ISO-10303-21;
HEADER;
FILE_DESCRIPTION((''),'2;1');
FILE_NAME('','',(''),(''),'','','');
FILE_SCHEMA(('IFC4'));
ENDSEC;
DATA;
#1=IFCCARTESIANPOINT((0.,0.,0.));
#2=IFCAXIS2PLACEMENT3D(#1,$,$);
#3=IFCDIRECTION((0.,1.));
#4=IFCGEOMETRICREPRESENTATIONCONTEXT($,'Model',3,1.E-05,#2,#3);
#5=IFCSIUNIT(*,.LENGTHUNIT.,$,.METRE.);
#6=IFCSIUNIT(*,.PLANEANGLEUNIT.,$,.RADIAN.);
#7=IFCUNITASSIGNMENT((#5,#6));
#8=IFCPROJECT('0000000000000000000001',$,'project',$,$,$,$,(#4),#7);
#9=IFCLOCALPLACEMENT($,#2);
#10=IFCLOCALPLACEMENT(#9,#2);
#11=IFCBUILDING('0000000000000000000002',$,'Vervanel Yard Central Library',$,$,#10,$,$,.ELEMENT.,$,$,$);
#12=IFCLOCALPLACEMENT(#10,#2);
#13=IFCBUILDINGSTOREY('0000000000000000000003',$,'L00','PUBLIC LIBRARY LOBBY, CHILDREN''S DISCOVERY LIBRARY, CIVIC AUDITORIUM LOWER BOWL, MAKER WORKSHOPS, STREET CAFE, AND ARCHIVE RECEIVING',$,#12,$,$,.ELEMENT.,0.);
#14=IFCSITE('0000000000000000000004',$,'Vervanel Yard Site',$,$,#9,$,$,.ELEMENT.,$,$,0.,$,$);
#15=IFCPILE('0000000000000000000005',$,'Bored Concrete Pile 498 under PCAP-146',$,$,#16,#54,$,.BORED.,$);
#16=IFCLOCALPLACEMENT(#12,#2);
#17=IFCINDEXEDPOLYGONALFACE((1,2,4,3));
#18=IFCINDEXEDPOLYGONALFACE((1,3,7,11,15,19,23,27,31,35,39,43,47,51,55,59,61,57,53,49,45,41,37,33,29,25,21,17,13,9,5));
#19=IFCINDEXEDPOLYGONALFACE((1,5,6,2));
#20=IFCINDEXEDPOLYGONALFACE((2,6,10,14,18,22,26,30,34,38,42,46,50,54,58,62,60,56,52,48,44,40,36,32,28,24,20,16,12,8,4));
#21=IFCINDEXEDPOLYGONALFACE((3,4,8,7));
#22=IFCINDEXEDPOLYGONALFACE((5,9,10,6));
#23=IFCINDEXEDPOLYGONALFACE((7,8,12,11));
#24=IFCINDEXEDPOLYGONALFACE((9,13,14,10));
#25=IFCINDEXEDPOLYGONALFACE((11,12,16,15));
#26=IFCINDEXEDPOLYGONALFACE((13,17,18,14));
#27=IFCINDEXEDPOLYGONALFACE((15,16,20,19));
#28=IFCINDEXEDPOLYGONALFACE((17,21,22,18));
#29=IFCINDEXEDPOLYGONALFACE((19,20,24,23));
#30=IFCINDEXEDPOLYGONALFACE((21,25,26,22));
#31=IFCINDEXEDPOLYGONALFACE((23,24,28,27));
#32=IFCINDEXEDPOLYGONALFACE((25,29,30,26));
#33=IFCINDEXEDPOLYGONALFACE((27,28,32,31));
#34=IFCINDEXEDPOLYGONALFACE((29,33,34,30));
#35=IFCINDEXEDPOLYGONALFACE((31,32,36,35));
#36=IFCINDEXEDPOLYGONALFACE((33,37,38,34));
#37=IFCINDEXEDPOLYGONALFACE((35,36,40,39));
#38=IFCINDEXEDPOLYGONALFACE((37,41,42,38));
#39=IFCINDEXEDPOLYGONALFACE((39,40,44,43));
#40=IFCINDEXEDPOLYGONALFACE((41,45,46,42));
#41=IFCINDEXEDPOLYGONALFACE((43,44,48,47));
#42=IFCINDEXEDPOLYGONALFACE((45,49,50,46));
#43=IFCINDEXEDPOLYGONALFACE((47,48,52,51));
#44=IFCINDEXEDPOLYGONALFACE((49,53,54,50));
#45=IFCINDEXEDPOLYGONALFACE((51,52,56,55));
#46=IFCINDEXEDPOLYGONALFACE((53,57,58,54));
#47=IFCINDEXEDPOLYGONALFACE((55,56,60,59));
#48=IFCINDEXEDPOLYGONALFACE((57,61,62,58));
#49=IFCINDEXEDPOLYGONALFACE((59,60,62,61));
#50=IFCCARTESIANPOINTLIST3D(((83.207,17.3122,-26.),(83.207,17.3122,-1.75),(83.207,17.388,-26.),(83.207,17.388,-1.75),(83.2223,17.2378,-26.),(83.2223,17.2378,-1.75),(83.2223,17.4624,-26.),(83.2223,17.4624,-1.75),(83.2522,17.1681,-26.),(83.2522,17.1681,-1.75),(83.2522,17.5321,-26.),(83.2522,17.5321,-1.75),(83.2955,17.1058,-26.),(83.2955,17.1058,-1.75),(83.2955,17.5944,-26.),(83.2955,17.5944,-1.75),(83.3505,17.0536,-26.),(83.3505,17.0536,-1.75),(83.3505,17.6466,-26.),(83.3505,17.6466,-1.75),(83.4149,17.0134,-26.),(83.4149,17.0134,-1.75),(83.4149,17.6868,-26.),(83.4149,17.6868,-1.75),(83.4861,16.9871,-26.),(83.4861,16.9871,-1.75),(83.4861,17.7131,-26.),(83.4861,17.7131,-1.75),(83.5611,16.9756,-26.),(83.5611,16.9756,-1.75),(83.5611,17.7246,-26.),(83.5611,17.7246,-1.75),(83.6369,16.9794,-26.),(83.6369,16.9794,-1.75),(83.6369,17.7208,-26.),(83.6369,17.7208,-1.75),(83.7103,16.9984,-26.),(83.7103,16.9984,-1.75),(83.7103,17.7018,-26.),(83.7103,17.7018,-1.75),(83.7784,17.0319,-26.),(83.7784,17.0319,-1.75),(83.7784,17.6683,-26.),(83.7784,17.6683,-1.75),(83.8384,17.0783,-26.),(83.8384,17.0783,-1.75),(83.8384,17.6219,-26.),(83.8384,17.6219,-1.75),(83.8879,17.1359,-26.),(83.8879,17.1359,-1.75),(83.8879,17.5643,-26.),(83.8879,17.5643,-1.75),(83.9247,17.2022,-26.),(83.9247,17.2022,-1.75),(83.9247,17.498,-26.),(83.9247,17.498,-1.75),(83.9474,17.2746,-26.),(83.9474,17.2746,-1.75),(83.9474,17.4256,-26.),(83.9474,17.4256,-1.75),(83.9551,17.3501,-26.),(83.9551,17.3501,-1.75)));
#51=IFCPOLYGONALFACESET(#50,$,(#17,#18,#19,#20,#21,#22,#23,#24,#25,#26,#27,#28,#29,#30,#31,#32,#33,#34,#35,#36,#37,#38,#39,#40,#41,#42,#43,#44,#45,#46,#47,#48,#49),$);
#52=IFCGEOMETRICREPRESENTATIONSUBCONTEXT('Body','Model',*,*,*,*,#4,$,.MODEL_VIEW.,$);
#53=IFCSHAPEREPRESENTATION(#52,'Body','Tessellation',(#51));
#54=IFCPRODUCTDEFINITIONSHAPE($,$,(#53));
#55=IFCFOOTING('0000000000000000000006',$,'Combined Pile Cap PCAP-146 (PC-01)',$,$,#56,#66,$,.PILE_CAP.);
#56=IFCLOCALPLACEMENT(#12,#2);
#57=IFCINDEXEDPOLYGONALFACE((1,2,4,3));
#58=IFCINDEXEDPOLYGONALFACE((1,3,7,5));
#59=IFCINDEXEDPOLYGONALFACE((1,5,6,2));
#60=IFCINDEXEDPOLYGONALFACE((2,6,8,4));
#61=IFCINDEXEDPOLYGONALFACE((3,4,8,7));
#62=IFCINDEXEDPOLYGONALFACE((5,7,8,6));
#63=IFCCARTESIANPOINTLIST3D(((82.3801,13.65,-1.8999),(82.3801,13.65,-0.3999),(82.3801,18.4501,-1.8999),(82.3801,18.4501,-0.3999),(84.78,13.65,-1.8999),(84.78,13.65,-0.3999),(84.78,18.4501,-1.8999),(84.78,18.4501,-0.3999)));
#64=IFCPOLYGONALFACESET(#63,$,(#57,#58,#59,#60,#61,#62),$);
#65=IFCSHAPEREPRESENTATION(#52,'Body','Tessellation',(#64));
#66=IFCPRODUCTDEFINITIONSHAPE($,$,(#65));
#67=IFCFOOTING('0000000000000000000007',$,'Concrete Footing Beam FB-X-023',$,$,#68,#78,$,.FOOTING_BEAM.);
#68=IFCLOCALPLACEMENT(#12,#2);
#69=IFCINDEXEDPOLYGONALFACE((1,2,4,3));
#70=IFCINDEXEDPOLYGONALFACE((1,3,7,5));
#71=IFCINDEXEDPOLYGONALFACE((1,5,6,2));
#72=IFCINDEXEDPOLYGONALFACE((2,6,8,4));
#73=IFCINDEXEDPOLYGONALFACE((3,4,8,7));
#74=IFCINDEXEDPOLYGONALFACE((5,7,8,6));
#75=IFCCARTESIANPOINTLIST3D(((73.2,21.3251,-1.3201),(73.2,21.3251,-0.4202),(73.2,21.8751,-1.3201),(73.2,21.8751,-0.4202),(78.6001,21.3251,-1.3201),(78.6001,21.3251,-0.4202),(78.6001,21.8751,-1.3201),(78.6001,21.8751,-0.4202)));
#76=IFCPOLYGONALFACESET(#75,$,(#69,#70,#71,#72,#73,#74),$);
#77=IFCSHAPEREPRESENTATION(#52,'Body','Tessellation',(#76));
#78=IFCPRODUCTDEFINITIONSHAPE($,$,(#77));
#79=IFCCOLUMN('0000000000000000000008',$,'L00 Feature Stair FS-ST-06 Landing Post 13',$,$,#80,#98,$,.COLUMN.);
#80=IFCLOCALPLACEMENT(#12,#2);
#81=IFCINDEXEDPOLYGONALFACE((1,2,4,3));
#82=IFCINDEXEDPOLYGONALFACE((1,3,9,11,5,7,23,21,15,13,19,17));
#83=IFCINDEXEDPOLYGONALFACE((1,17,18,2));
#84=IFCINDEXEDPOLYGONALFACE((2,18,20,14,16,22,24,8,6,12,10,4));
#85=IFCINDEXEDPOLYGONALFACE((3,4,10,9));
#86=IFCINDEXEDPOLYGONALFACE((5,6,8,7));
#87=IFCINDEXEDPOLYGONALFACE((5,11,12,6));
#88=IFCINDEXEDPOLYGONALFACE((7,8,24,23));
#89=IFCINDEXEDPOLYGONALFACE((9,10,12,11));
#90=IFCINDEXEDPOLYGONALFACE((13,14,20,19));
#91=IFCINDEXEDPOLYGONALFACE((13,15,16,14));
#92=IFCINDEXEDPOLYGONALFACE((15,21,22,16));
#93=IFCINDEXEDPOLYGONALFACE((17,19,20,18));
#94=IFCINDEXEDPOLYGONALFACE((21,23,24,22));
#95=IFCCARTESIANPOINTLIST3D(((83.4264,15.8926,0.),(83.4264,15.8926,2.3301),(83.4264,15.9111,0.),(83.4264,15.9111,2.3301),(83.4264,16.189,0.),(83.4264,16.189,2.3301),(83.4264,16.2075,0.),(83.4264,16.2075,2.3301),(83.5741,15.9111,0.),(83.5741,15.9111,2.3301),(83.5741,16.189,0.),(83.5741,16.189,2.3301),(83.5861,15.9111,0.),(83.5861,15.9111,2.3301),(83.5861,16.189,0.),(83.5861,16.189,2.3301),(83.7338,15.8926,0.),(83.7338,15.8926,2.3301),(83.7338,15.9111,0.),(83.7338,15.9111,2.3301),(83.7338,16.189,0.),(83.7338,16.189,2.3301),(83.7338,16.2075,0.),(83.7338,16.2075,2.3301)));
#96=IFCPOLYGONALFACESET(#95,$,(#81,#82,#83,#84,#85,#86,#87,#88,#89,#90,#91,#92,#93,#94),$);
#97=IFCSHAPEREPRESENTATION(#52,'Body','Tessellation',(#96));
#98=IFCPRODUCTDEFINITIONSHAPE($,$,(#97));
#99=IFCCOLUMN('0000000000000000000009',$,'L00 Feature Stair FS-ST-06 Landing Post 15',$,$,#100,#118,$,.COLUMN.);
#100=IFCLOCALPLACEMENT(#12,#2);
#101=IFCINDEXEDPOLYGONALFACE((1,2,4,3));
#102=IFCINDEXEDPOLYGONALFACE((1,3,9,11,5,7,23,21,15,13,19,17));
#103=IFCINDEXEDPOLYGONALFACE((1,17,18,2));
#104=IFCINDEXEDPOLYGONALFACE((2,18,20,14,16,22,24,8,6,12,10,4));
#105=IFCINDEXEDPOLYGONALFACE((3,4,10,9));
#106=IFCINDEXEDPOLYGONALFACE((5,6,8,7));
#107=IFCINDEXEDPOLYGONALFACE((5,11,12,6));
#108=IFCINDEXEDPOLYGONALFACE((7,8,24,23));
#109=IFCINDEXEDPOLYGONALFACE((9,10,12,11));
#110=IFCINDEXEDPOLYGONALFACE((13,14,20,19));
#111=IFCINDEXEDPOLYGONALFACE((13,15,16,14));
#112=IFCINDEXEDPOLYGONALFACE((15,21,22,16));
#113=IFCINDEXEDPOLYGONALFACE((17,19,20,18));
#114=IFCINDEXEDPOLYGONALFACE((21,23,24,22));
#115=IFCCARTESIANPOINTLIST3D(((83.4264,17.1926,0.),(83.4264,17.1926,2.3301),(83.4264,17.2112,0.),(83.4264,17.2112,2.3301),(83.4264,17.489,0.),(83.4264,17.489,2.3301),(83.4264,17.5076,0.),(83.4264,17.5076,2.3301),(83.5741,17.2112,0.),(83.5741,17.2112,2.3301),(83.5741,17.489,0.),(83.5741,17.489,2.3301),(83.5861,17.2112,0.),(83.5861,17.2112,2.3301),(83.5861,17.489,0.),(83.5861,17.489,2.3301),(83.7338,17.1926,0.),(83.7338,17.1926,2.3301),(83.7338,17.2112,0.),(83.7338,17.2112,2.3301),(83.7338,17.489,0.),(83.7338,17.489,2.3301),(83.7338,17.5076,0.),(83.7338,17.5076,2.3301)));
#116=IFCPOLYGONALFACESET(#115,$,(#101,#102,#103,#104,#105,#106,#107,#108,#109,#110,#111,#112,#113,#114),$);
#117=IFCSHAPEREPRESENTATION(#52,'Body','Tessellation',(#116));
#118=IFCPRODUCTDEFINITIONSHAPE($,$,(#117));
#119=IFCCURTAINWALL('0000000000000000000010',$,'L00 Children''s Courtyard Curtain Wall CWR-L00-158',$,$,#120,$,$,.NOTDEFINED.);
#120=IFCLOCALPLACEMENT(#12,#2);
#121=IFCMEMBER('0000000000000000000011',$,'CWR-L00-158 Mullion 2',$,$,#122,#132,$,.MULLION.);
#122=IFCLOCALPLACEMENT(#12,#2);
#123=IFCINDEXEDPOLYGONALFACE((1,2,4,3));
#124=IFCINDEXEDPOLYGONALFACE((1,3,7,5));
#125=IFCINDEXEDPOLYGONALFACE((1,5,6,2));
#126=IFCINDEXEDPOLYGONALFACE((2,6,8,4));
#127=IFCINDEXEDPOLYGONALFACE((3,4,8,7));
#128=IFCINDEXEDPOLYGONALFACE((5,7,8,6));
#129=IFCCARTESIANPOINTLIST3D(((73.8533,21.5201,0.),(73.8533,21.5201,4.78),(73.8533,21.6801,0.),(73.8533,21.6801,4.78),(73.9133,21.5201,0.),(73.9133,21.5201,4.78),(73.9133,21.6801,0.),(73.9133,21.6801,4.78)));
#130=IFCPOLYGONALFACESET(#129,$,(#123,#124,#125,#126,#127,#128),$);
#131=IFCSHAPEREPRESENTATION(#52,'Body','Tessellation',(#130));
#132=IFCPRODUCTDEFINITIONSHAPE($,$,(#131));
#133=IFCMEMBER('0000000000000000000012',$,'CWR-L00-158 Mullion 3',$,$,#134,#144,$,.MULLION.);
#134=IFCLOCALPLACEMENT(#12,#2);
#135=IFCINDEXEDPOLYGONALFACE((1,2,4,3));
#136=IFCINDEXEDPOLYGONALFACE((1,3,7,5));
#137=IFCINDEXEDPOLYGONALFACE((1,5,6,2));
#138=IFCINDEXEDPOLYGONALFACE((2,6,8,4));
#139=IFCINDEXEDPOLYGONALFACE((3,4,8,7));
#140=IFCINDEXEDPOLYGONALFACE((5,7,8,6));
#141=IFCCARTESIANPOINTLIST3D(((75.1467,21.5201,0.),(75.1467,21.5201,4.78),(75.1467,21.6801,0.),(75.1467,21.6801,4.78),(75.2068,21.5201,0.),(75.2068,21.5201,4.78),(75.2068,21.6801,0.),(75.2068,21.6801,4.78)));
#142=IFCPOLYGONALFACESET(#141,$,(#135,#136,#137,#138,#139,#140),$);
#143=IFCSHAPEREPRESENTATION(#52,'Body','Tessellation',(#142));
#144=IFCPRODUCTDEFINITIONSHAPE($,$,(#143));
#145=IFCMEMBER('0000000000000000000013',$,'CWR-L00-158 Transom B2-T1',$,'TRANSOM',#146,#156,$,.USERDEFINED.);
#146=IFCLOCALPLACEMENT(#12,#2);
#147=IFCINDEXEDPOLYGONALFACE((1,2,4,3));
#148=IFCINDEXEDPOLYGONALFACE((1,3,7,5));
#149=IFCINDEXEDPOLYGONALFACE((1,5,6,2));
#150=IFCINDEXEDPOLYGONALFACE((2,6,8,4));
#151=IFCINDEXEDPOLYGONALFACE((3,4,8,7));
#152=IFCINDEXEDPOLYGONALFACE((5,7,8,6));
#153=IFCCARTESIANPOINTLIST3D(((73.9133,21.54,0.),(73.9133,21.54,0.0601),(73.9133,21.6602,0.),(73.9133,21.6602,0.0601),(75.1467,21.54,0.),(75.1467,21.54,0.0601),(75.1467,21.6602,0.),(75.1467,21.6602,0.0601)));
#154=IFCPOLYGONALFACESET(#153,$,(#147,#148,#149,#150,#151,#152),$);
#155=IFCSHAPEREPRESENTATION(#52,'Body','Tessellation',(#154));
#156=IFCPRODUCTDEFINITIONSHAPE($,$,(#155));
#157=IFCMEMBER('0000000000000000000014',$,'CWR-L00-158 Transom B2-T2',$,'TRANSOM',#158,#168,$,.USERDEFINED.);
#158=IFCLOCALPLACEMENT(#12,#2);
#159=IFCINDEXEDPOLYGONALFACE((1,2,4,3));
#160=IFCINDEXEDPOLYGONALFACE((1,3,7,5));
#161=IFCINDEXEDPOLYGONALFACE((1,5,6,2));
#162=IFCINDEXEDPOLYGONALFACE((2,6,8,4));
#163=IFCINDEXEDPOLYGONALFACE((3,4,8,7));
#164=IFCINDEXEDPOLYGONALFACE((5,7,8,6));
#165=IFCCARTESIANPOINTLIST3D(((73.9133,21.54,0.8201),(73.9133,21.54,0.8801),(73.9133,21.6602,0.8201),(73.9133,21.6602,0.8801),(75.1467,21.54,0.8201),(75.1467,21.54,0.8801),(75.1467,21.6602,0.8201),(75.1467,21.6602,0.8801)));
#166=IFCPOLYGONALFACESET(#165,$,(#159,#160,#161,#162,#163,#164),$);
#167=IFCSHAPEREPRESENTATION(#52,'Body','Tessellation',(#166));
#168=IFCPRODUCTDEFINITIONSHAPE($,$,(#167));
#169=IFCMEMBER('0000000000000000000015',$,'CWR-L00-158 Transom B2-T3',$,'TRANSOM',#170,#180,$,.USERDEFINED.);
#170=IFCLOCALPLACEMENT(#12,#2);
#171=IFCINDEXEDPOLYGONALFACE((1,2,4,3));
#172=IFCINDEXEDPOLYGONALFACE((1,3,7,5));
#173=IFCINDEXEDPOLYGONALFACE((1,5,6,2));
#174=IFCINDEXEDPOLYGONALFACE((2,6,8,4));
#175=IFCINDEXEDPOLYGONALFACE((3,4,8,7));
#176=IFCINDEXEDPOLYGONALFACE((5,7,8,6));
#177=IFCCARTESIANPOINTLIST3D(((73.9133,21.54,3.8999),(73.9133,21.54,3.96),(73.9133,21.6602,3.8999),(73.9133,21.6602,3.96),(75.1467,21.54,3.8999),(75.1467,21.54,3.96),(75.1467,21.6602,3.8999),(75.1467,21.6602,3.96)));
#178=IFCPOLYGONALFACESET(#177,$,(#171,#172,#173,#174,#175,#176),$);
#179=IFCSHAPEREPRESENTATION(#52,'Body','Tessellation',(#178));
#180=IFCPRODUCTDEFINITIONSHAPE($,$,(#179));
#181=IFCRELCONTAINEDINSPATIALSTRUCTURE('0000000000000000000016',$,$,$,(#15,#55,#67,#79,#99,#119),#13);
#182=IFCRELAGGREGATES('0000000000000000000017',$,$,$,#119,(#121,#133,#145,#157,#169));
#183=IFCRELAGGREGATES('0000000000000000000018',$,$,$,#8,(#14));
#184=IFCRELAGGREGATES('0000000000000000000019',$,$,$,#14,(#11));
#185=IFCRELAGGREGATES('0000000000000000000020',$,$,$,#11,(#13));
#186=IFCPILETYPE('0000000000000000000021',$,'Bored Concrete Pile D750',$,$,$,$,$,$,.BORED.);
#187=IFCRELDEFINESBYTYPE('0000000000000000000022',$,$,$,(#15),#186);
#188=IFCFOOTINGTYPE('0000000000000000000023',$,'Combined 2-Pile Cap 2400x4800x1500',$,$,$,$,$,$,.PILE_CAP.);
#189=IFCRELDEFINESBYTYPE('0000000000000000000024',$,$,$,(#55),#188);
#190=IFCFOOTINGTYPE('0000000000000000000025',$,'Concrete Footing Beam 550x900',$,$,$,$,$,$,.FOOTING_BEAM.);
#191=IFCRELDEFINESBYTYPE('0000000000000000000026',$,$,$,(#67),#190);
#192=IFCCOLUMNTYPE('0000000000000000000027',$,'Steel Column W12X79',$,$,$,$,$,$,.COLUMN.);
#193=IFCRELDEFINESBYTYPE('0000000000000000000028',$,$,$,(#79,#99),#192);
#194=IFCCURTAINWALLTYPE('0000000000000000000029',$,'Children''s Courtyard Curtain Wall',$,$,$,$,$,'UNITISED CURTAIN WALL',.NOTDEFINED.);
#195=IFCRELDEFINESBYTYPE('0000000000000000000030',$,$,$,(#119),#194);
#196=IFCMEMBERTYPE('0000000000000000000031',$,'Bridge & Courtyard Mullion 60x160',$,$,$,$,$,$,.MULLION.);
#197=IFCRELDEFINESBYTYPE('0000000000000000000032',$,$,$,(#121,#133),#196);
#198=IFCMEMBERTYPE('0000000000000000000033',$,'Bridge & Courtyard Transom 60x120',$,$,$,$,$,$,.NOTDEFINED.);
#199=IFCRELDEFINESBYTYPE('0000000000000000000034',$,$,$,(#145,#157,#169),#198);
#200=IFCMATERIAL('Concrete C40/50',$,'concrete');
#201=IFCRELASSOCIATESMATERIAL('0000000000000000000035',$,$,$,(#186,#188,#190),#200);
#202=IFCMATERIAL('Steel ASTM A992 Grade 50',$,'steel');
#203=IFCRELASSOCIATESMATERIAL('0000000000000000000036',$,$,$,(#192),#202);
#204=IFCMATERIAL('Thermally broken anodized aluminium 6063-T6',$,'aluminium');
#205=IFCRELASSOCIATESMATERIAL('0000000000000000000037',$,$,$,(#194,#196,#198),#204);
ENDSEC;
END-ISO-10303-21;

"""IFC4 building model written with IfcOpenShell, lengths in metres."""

from ifc_helpers import new_model, si_unit, direction, frame, origin, origin_2d, place, context, subcontext, project, spatial, rectangle, circle, i_section, extrude, material, material_profile, profile_set, type_object, element, aggregate, save


model = new_model("IFC4")

# Units and contexts
model_context = context("Model", 3, precision=1e-05, world=origin(), true_north=direction((0.0, 1.0)))
body_context = subcontext(model_context, "Body", "Model", "MODEL_VIEW")
ifc_project = project(units=[si_unit("LENGTHUNIT", "METRE"), si_unit("PLANEANGLEUNIT", "RADIAN")], contexts=[model_context])

# Site, building, storey
site_placement = place(None, origin())
site = spatial("IfcSite", under=ifc_project, at=site_placement, Name="Vervanel Yard Site", CompositionType="ELEMENT", RefElevation=0.0)
building_placement = place(site_placement, origin())
building = spatial("IfcBuilding", under=site, at=building_placement, Name="Vervanel Yard Central Library", CompositionType="ELEMENT")
storey_placement = place(building_placement, origin())
storey = spatial("IfcBuildingStorey", under=building, at=storey_placement, Name="L00", Description="PUBLIC LIBRARY LOBBY, CHILDREN'S DISCOVERY LIBRARY, CIVIC AUDITORIUM LOWER BOWL, MAKER WORKSHOPS, STREET CAFE, AND ARCHIVE RECEIVING", CompositionType="ELEMENT", Elevation=0.0)

# Pile
ifc_material_1 = material(Name="Concrete C40/50", Category="concrete")
ifc_material_profile_1 = material_profile(ifc_material_1, circle(Radius=0.375, at=origin_2d()), Name="BP D750", Category="concrete")
ifc_profile_set_1 = profile_set([ifc_material_profile_1], Name="Concrete C40/50")
pile_type = type_object("IfcPileType", Name="Bored Concrete Pile D750", PredefinedType="BORED", material=ifc_profile_set_1)
pile_placement = place(storey_placement, frame((83.5801, 17.3501, -1.75), z_axis=(0.0, 0.0, -1.0), x_axis=(1.0, 0.0, 0.0)))
element("IfcPile", 1, at=pile_placement, inside=storey, type_object=pile_type, Name="Bored Concrete Pile 498 under PCAP-146", PredefinedType="BORED", context=body_context, shape_type="SweptSolid", body=[
    extrude(circle(Radius=0.375, at=origin_2d()), origin(), (0.0, 0.0, 1.0), 24.25),
])

# Footings
footing_type_1 = type_object("IfcFootingType", Name="Combined 2-Pile Cap 2400x4800x1500", PredefinedType="PILE_CAP", material=ifc_material_1)
footing_1_placement = place(storey_placement, frame((83.5801, 16.05, -1.8999), z_axis=(0.0, 0.0, 1.0), x_axis=(1.0, 0.0, 0.0)))
element("IfcFooting", 2, at=footing_1_placement, inside=storey, type_object=footing_type_1, Name="Combined Pile Cap PCAP-146 (PC-01)", PredefinedType="PILE_CAP", context=body_context, shape_type="SweptSolid", body=[
    extrude(rectangle(XDim=2.3999, YDim=4.8, at=origin_2d()), origin(), (0.0, 0.0, 1.0), 1.5),
])
ifc_material_profile_2 = material_profile(ifc_material_1, rectangle(XDim=0.55, YDim=0.8999, at=origin_2d()), Name="RC 550x900", Category="concrete")
ifc_profile_set_2 = profile_set([ifc_material_profile_2], Name="Concrete C40/50")
footing_type_2 = type_object("IfcFootingType", Name="Concrete Footing Beam 550x900", PredefinedType="FOOTING_BEAM", material=ifc_profile_set_2)
footing_2_placement = place(storey_placement, frame((73.2, 21.6001, -0.8701), z_axis=(1.0, 0.0, 0.0), x_axis=(0.0, 1.0, 0.0)))
element("IfcFooting", 3, at=footing_2_placement, inside=storey, type_object=footing_type_2, Name="Concrete Footing Beam FB-X-023", PredefinedType="FOOTING_BEAM", context=body_context, shape_type="SweptSolid", body=[
    extrude(rectangle(XDim=0.55, YDim=0.8999, at=origin_2d()), origin(), (0.0, 0.0, 1.0), 5.4001),
])

# Columns
ifc_material_2 = material(Name="Steel ASTM A992 Grade 50", Category="steel")
ifc_material_profile_3 = material_profile(ifc_material_2, i_section(OverallWidth=0.3074, OverallDepth=0.3149, WebThickness=0.012, FlangeThickness=0.0186, at=origin_2d()), Name="W12X79", Category="steel")
ifc_profile_set_3 = profile_set([ifc_material_profile_3], Name="Steel ASTM A992 Grade 50")
column_type = type_object("IfcColumnType", Name="Steel Column W12X79", PredefinedType="COLUMN", material=ifc_profile_set_3)
for number, where, z_axis, x_axis, name in (
    (4, (83.5801, 16.05, 0.0), (0.0, 0.0, 1.0), (1.0, 0.0, 0.0), "L00 Feature Stair FS-ST-06 Landing Post 13"),
    (5, (83.5801, 17.3501, 0.0), (0.0, 0.0, 1.0), (1.0, 0.0, 0.0), "L00 Feature Stair FS-ST-06 Landing Post 15"),
):
    element("IfcColumn", number, at=place(storey_placement, frame(where, z_axis=z_axis, x_axis=x_axis)), inside=storey, type_object=column_type, Name=name, PredefinedType="COLUMN", context=body_context, shape_type="SweptSolid", body=[
        extrude(i_section(OverallWidth=0.3074, OverallDepth=0.3149, WebThickness=0.012, FlangeThickness=0.0186, at=origin_2d()), origin(), (0.0, 0.0, 1.0), 2.3301),
    ])

# Curtain wall, members
ifc_material_3 = material(Name="Thermally broken anodized aluminium 6063-T6", Category="aluminium")
curtain_wall_type = type_object("IfcCurtainWallType", Name="Children's Courtyard Curtain Wall", ElementType="UNITISED CURTAIN WALL", PredefinedType="NOTDEFINED", material=ifc_material_3)
curtain_wall_placement = place(storey_placement, origin())
curtain_wall = element("IfcCurtainWall", 6, at=curtain_wall_placement, inside=storey, type_object=curtain_wall_type, Name="L00 Children's Courtyard Curtain Wall CWR-L00-158", PredefinedType="NOTDEFINED")
ifc_material_profile_4 = material_profile(ifc_material_3, rectangle(XDim=0.0601, YDim=0.1599, at=origin_2d()), Name="ALU 60x160", Category="aluminium")
ifc_profile_set_4 = profile_set([ifc_material_profile_4], Name="Thermally broken anodized aluminium 6063-T6")
member_type_1 = type_object("IfcMemberType", Name="Bridge & Courtyard Mullion 60x160", PredefinedType="MULLION", material=ifc_profile_set_4)
member_1_placement = place(storey_placement, frame((73.8833, 21.6001, 0.0), z_axis=(0.0, 0.0, 1.0), x_axis=(1.0, 0.0, 0.0)))
member_1 = element("IfcMember", 7, at=member_1_placement, type_object=member_type_1, Name="CWR-L00-158 Mullion 2", PredefinedType="MULLION", context=body_context, shape_type="SweptSolid", body=[
    extrude(rectangle(XDim=0.0601, YDim=0.1599, at=origin_2d()), origin(), (0.0, 0.0, 1.0), 4.78),
])
member_2_placement = place(storey_placement, frame((75.1768, 21.6001, 0.0), z_axis=(0.0, 0.0, 1.0), x_axis=(1.0, 0.0, 0.0)))
member_2 = element("IfcMember", 8, at=member_2_placement, type_object=member_type_1, Name="CWR-L00-158 Mullion 3", PredefinedType="MULLION", context=body_context, shape_type="SweptSolid", body=[
    extrude(rectangle(XDim=0.0601, YDim=0.1599, at=origin_2d()), origin(), (0.0, 0.0, 1.0), 4.78),
])
ifc_material_profile_5 = material_profile(ifc_material_3, rectangle(XDim=0.0601, YDim=0.1201, at=origin_2d()), Name="ALU 60x120", Category="aluminium")
ifc_profile_set_5 = profile_set([ifc_material_profile_5], Name="Thermally broken anodized aluminium 6063-T6")
member_type_2 = type_object("IfcMemberType", Name="Bridge & Courtyard Transom 60x120", PredefinedType="NOTDEFINED", material=ifc_profile_set_5)
member_3_placement = place(storey_placement, frame((73.9133, 21.6001, 0.03), z_axis=(1.0, 0.0, 0.0), x_axis=(0.0, 0.0, 1.0)))
member_3 = element("IfcMember", 9, at=member_3_placement, type_object=member_type_2, Name="CWR-L00-158 Transom B2-T1", ObjectType="TRANSOM", PredefinedType="USERDEFINED", context=body_context, shape_type="SweptSolid", body=[
    extrude(rectangle(XDim=0.0601, YDim=0.1201, at=origin_2d()), origin(), (0.0, 0.0, 1.0), 1.2334),
])
member_4_placement = place(storey_placement, frame((73.9133, 21.6001, 0.8501), z_axis=(1.0, 0.0, 0.0), x_axis=(0.0, 0.0, 1.0)))
member_4 = element("IfcMember", 10, at=member_4_placement, type_object=member_type_2, Name="CWR-L00-158 Transom B2-T2", ObjectType="TRANSOM", PredefinedType="USERDEFINED", context=body_context, shape_type="SweptSolid", body=[
    extrude(rectangle(XDim=0.0601, YDim=0.1201, at=origin_2d()), origin(), (0.0, 0.0, 1.0), 1.2334),
])
member_5_placement = place(storey_placement, frame((73.9133, 21.6001, 3.9299), z_axis=(1.0, 0.0, 0.0), x_axis=(0.0, 0.0, 1.0)))
member_5 = element("IfcMember", 11, at=member_5_placement, type_object=member_type_2, Name="CWR-L00-158 Transom B2-T3", ObjectType="TRANSOM", PredefinedType="USERDEFINED", context=body_context, shape_type="SweptSolid", body=[
    extrude(rectangle(XDim=0.0601, YDim=0.1201, at=origin_2d()), origin(), (0.0, 0.0, 1.0), 1.2334),
])
aggregate(curtain_wall, [member_1, member_2, member_3, member_4, member_5])

save(model, "model.ifc")
